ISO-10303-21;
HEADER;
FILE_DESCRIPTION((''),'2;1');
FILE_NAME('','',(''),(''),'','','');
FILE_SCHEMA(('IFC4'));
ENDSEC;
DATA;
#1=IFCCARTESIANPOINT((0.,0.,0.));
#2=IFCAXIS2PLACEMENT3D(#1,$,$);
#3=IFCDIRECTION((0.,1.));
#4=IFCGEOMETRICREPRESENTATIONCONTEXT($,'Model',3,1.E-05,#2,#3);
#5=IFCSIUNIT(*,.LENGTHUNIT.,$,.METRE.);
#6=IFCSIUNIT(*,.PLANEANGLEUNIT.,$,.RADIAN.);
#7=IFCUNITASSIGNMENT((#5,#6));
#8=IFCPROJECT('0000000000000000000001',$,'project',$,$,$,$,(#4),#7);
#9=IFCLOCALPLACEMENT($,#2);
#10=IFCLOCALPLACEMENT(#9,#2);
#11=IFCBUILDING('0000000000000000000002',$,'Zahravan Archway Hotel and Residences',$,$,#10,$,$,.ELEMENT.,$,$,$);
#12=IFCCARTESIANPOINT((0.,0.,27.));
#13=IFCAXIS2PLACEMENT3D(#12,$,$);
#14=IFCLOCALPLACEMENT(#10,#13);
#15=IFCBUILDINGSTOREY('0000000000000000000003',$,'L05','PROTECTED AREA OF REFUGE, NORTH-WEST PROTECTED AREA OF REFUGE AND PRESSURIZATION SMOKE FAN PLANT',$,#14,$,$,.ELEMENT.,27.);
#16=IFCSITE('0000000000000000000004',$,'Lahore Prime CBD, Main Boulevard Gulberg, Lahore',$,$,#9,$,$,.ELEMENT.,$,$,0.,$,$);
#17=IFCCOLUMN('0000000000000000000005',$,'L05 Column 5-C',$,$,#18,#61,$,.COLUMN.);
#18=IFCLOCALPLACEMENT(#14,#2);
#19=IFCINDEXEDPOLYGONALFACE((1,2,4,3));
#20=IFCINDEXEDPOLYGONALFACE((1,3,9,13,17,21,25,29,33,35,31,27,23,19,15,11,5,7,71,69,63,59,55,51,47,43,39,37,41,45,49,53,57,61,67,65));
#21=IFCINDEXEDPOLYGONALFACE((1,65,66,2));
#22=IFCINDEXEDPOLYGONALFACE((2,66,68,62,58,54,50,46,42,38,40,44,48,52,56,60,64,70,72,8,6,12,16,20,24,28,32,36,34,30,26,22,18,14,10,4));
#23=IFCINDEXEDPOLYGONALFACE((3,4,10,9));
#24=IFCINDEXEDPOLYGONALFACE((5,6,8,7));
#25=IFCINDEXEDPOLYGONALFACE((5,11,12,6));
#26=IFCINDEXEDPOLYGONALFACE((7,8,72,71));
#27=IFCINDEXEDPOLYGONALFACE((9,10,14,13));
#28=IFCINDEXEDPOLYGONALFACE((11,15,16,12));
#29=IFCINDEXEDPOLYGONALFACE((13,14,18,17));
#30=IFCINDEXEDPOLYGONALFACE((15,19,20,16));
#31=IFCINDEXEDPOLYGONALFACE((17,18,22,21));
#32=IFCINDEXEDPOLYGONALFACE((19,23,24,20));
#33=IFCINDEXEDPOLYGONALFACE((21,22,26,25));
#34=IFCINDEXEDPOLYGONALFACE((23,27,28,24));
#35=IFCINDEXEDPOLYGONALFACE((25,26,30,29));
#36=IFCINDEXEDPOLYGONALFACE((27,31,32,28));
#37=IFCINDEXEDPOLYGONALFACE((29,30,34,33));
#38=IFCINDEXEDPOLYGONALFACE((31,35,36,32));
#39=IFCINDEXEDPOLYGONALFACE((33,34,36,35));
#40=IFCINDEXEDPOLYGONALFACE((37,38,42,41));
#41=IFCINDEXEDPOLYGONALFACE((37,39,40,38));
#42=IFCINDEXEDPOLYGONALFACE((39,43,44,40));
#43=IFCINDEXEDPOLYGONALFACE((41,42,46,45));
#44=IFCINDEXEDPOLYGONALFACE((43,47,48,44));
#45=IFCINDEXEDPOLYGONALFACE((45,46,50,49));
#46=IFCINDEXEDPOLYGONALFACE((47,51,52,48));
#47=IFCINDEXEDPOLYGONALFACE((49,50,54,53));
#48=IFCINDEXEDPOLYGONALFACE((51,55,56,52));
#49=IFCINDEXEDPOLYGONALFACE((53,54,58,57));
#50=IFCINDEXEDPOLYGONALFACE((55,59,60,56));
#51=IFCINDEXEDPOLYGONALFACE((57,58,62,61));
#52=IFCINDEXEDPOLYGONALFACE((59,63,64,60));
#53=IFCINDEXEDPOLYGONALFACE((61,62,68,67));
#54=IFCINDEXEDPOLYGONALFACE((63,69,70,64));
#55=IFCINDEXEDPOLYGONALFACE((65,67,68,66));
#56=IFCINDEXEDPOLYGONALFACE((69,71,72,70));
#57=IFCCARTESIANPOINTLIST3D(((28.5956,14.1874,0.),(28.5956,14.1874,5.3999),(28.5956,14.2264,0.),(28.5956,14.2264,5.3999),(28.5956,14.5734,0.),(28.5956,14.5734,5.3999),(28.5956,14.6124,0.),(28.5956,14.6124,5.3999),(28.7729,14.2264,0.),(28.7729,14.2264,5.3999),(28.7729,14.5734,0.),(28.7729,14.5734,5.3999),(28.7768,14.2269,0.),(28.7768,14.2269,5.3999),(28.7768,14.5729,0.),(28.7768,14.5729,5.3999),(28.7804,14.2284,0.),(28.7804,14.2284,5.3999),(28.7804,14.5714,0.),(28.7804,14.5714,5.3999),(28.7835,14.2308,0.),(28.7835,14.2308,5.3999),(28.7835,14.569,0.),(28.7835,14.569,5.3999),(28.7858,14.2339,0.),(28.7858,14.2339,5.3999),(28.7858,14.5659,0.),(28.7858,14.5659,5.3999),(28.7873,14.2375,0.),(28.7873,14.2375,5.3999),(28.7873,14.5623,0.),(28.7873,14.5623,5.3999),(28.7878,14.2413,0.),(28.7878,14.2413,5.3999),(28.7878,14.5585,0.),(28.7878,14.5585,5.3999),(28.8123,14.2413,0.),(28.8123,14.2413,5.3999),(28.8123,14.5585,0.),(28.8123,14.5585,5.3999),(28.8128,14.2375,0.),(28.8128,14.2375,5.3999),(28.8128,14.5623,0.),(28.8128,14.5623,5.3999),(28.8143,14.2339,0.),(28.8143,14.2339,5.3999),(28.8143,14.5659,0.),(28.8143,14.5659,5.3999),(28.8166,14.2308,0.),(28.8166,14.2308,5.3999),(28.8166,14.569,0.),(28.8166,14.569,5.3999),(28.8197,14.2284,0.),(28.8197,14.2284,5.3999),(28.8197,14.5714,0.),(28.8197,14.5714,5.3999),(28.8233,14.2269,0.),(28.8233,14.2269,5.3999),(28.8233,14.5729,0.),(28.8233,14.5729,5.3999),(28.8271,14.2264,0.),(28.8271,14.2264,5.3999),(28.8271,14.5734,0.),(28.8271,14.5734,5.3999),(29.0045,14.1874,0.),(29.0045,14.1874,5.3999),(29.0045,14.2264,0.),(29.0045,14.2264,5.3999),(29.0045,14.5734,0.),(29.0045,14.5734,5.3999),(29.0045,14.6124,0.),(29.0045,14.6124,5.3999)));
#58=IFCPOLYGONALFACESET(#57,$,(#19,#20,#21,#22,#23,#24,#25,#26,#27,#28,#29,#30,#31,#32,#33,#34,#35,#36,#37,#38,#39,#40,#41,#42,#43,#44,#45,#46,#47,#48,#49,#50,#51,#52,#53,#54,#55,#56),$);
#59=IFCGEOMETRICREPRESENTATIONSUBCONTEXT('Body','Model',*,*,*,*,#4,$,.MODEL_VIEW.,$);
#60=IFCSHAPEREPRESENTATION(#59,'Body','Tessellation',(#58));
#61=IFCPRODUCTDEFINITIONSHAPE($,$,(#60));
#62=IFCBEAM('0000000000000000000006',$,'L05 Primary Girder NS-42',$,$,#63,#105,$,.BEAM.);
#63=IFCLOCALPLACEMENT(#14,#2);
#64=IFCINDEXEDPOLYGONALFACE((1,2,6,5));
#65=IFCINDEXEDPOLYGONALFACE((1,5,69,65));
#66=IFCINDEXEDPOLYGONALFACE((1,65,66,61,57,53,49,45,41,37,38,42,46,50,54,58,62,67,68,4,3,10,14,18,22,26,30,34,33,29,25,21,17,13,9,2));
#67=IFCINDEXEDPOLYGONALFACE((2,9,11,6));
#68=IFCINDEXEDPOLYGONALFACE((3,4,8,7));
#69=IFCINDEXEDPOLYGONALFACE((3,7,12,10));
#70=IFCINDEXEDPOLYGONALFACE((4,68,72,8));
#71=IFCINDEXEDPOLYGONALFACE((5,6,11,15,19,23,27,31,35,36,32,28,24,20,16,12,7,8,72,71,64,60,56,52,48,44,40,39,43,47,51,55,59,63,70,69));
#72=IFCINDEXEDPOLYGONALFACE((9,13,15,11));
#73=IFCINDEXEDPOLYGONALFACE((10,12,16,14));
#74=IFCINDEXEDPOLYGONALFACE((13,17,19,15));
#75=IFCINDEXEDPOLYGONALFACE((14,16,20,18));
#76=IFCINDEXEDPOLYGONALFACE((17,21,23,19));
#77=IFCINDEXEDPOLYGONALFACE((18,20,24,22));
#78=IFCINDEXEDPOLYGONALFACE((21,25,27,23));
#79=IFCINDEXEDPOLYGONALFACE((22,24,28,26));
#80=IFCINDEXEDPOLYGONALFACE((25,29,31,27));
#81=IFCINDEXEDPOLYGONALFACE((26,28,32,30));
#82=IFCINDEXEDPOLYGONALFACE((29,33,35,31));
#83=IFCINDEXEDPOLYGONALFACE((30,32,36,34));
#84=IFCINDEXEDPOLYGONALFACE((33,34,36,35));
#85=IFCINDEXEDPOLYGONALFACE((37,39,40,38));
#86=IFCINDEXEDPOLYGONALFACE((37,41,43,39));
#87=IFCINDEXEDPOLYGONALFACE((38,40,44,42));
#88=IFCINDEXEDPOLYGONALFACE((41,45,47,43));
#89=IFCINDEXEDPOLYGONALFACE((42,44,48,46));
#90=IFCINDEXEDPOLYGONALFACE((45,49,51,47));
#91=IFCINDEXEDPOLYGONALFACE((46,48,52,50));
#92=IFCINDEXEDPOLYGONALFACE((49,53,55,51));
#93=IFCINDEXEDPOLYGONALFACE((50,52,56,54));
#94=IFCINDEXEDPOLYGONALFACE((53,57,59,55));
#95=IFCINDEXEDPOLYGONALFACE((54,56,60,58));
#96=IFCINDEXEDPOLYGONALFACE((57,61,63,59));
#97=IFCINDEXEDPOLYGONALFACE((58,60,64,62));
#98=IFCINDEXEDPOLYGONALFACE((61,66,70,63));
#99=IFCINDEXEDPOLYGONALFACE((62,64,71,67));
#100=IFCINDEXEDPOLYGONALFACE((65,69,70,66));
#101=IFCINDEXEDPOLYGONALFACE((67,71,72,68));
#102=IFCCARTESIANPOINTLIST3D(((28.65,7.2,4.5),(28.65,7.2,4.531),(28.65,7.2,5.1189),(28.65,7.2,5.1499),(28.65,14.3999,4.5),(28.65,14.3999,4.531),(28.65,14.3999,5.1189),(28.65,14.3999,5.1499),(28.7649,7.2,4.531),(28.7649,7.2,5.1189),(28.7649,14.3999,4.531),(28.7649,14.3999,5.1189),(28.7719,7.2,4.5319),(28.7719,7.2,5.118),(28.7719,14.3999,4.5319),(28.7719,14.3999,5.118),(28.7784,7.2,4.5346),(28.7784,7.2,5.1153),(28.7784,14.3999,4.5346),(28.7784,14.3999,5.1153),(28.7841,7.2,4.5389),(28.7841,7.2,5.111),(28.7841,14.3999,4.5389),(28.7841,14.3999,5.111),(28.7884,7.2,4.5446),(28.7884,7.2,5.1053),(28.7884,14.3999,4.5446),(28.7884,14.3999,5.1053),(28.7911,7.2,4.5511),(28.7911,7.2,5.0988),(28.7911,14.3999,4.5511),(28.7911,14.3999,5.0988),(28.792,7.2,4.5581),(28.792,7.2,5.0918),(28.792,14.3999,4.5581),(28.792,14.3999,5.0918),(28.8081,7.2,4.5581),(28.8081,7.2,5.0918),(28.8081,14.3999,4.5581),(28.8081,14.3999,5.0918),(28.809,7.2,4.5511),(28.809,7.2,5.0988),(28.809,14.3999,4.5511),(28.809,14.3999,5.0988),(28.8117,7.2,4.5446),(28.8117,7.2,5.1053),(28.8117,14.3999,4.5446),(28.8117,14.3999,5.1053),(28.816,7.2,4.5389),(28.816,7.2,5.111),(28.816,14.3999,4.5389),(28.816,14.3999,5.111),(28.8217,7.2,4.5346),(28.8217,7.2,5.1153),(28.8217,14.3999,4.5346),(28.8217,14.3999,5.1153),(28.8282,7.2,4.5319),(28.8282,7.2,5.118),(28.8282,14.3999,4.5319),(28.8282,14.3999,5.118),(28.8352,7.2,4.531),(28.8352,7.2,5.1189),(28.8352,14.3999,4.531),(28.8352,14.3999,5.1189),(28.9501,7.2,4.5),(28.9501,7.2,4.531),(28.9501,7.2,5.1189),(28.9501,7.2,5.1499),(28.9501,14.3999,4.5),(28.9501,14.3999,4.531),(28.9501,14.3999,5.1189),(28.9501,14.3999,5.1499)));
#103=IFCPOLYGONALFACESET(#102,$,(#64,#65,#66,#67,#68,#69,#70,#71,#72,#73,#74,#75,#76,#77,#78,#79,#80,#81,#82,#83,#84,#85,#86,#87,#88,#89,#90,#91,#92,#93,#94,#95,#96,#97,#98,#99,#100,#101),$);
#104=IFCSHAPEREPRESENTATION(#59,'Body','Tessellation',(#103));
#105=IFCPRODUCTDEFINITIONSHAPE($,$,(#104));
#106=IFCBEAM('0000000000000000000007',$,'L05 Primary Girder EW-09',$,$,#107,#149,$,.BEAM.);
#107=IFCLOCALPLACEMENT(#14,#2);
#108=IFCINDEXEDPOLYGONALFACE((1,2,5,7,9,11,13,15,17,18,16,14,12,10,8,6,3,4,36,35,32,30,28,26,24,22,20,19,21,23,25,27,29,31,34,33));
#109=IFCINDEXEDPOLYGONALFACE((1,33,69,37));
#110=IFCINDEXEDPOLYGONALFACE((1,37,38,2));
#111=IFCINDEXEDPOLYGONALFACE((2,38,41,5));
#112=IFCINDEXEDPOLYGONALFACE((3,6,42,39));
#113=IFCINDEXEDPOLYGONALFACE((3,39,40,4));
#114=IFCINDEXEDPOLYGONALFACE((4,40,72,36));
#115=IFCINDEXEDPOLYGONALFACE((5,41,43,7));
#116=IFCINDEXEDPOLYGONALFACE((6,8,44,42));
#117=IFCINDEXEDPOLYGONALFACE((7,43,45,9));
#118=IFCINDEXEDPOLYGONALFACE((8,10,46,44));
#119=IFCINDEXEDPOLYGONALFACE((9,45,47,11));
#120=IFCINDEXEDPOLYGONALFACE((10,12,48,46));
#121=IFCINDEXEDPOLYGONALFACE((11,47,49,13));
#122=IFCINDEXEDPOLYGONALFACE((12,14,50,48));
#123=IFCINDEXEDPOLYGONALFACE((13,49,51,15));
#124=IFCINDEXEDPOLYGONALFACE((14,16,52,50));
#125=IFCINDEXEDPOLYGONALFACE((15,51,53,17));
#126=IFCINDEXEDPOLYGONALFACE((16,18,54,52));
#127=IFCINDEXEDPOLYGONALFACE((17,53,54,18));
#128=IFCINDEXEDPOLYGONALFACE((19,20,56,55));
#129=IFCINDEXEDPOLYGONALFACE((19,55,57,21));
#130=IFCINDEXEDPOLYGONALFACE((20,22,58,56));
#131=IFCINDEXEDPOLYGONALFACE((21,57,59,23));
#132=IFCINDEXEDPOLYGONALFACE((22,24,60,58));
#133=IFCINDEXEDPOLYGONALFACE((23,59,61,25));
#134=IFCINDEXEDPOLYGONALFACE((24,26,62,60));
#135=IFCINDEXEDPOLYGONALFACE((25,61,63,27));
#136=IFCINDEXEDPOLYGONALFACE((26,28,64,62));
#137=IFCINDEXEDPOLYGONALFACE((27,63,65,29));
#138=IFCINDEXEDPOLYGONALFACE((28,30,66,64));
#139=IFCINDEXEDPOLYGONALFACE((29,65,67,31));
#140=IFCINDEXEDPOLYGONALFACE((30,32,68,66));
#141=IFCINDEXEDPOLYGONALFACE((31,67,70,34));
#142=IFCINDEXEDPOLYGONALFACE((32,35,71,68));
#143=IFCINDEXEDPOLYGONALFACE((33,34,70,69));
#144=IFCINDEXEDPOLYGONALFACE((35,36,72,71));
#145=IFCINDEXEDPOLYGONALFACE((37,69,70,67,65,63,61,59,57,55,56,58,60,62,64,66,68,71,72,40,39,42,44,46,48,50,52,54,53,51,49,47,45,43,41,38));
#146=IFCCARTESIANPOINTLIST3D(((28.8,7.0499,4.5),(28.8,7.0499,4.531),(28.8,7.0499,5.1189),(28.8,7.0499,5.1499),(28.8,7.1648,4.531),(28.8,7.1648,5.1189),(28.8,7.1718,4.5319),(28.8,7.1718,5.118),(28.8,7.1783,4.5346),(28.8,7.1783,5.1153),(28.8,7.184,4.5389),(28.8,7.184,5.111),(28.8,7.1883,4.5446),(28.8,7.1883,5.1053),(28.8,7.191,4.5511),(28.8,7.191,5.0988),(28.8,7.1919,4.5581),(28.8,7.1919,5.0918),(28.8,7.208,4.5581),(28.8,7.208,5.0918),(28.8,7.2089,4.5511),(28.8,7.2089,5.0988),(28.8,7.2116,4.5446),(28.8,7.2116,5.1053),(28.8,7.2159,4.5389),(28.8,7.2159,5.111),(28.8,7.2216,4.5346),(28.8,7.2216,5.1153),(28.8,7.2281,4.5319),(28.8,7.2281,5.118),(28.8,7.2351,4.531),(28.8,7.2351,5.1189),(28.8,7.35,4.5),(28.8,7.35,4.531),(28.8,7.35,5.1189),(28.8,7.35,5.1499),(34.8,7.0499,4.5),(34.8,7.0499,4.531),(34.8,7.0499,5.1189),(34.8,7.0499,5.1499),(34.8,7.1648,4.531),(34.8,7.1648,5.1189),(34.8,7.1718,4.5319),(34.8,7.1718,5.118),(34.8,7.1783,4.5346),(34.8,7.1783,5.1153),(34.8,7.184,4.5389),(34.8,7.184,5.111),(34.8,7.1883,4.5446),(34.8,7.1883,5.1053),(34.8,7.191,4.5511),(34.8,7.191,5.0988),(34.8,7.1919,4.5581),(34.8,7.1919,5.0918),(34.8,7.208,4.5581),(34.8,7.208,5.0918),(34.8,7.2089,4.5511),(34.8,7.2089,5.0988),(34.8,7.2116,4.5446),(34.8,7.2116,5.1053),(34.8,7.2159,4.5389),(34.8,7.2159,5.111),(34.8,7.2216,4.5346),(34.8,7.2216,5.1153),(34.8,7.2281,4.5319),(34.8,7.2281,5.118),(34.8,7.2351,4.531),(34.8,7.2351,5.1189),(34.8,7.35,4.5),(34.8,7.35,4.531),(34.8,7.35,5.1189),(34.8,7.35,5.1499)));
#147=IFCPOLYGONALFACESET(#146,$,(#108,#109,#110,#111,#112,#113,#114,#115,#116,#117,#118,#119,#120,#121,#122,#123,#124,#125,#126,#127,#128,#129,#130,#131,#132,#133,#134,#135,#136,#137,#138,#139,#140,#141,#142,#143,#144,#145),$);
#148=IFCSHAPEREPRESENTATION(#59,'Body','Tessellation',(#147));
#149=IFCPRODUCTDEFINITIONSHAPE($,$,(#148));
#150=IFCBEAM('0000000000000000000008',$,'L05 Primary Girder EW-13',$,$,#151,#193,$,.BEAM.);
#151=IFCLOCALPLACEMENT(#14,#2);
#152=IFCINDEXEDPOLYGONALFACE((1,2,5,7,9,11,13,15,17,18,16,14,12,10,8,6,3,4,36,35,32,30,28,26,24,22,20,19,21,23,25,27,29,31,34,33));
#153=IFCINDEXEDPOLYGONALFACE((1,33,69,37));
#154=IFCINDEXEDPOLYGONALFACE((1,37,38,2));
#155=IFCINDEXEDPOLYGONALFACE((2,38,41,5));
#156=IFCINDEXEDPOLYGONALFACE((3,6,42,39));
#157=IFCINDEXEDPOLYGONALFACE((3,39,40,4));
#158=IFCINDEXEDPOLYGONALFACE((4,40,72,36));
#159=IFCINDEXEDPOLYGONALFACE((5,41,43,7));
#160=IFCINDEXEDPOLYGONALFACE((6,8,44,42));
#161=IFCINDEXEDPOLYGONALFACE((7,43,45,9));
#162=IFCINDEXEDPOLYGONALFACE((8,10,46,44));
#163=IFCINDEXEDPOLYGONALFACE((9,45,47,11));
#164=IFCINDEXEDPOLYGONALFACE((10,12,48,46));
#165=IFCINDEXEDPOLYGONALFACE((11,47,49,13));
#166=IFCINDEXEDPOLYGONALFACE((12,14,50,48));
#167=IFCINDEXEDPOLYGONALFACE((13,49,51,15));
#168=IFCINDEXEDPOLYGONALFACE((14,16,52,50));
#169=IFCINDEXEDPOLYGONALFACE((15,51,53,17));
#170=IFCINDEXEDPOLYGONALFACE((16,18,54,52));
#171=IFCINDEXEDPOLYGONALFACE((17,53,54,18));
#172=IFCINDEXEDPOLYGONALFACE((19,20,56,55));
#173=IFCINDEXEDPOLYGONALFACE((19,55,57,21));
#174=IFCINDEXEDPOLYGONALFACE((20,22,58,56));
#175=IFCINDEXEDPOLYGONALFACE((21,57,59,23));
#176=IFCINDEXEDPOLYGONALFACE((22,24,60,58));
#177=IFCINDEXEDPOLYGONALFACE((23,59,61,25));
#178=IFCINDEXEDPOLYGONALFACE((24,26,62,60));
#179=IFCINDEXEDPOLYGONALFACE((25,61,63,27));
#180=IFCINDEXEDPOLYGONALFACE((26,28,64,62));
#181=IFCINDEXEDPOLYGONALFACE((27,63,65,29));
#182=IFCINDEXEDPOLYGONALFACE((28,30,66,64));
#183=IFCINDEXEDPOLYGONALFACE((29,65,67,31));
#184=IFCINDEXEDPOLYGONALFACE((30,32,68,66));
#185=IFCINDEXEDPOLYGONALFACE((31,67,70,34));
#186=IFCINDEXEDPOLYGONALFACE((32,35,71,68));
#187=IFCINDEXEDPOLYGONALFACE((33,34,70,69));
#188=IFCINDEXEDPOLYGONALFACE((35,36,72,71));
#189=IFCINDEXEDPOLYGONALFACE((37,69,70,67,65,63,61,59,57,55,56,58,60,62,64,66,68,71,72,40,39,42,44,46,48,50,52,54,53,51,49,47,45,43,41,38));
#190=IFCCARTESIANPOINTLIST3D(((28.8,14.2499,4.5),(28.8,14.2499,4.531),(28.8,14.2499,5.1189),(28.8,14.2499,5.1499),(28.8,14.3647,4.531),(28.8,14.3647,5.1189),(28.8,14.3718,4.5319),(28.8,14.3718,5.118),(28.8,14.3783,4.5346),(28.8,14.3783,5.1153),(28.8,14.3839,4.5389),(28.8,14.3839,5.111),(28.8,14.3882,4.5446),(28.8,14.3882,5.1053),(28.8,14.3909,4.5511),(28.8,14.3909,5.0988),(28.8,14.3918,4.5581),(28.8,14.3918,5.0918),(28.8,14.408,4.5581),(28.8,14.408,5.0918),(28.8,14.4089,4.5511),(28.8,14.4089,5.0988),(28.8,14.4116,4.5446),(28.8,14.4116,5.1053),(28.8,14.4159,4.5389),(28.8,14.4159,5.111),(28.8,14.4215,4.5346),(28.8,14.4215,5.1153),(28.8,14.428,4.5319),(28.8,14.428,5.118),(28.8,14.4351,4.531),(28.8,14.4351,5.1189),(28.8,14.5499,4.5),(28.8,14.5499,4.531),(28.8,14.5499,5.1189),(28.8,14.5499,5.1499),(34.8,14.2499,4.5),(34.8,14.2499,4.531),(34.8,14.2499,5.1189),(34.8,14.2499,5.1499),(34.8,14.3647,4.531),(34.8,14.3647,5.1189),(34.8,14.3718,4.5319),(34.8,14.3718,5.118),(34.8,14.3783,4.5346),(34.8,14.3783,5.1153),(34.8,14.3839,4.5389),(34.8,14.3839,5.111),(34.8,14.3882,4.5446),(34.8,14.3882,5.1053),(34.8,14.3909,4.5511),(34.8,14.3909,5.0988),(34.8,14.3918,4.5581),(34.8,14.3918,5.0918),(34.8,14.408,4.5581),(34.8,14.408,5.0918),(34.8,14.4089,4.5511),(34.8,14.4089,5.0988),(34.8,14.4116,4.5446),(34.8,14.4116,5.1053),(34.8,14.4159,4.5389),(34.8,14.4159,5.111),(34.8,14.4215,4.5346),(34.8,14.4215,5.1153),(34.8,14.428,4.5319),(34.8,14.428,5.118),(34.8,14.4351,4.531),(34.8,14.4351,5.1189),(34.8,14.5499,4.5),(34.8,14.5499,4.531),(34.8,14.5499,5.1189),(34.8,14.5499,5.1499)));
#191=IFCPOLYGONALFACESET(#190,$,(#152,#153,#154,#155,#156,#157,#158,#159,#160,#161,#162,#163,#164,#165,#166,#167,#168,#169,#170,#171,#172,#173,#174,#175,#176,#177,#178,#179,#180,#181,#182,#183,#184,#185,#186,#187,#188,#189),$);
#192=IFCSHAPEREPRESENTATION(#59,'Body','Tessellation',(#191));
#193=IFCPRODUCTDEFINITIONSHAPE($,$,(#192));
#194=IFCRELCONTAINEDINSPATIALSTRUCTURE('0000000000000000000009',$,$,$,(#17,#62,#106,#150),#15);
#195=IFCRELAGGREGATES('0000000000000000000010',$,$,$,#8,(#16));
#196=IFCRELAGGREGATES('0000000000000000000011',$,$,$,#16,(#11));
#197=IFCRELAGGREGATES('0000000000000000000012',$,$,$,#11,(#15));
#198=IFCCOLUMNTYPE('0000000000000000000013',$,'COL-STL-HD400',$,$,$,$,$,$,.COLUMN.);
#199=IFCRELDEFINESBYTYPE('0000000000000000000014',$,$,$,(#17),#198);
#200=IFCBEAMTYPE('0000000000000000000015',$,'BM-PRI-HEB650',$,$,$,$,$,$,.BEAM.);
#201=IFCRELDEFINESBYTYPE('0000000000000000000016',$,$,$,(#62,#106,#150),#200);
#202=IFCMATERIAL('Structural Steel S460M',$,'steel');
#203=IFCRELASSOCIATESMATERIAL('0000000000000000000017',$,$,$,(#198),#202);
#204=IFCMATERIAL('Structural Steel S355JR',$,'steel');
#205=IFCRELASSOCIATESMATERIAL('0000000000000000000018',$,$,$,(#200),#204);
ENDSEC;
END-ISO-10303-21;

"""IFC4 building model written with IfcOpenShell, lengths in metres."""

from ifc_helpers import new_model, si_unit, direction, frame, origin, origin_2d, place, context, subcontext, project, spatial, i_section, extrude, source, transform, mapped, material, material_profile, profile_set, type_object, type_shapes, element, save


model = new_model("IFC4")

# Units and contexts
model_context = context("Model", 3, precision=1e-05, world=origin(), true_north=direction((0.0, 1.0)))
body_context = subcontext(model_context, "Body", "Model", "MODEL_VIEW")
ifc_project = project(units=[si_unit("LENGTHUNIT", "METRE"), si_unit("PLANEANGLEUNIT", "RADIAN")], contexts=[model_context])

# Site, building, storey
site_placement = place(None, origin())
site = spatial("IfcSite", under=ifc_project, at=site_placement, Name="Lahore Prime CBD, Main Boulevard Gulberg, Lahore", CompositionType="ELEMENT", RefElevation=0.0)
building_placement = place(site_placement, origin())
building = spatial("IfcBuilding", under=site, at=building_placement, Name="Zahravan Archway Hotel and Residences", CompositionType="ELEMENT")
storey_placement = place(building_placement, frame((0.0, 0.0, 27.0)))
storey = spatial("IfcBuildingStorey", under=building, at=storey_placement, Name="L05", Description="PROTECTED AREA OF REFUGE, NORTH-WEST PROTECTED AREA OF REFUGE AND PRESSURIZATION SMOKE FAN PLANT", CompositionType="ELEMENT", Elevation=27.0)

# Column
ifc_material_1 = material(Name="Structural Steel S460M", Category="steel")
ifc_material_profile_1 = material_profile(ifc_material_1, i_section(OverallWidth=0.4089, OverallDepth=0.425, WebThickness=0.0244, FlangeThickness=0.0391, FilletRadius=0.0149, at=origin_2d()), Name="HD 400x421", Category="steel")
ifc_profile_set_1 = profile_set([ifc_material_profile_1], Name="Structural Steel S460M")
column_type = type_object("IfcColumnType", Name="COL-STL-HD400", PredefinedType="COLUMN", material=ifc_profile_set_1)
shared_shape_1 = source(origin(), body_context, "Body", "SweptSolid", [
    extrude(i_section(OverallWidth=0.4089, OverallDepth=0.425, WebThickness=0.0244, FlangeThickness=0.0391, FilletRadius=0.0149, at=origin_2d()), origin(), (0.0, 0.0, 1.0), 5.3999),
])
type_shapes(column_type, [shared_shape_1])
column_placement = place(storey_placement, frame((28.8, 14.3999, 0.0), z_axis=(0.0, 0.0, 1.0), x_axis=(1.0, 0.0, 0.0)))
element("IfcColumn", 1, at=column_placement, inside=storey, type_object=column_type, Name="L05 Column 5-C", PredefinedType="COLUMN", context=body_context, shape_type="MappedRepresentation", body=[
    mapped(shared_shape_1, transform((0.0, 0.0, 0.0), scale=1.0)),
])

# Beams
ifc_material_2 = material(Name="Structural Steel S355JR", Category="steel")
ifc_material_profile_2 = material_profile(ifc_material_2, i_section(OverallWidth=0.3, OverallDepth=0.6499, WebThickness=0.0161, FlangeThickness=0.031, FilletRadius=0.0271, at=origin_2d()), Name="HEB 650", Category="steel")
ifc_profile_set_2 = profile_set([ifc_material_profile_2], Name="Structural Steel S355JR")
beam_type_1 = type_object("IfcBeamType", Name="BM-PRI-HEB650", PredefinedType="BEAM", material=ifc_profile_set_2)
shared_shape_2 = source(origin(), body_context, "Body", "SweptSolid", [
    extrude(i_section(OverallWidth=0.3, OverallDepth=0.6499, WebThickness=0.0161, FlangeThickness=0.031, FilletRadius=0.0271, at=origin_2d()), origin(), (0.0, 0.0, 1.0), 7.2),
])
beam_placement = place(storey_placement, frame((28.8, 7.2, 4.825), z_axis=(0.0, 1.0, 0.0), x_axis=(-1.0, 0.0, 0.0)))
element("IfcBeam", 2, at=beam_placement, inside=storey, type_object=beam_type_1, Name="L05 Primary Girder NS-42", PredefinedType="BEAM", context=body_context, shape_type="MappedRepresentation", body=[
    mapped(shared_shape_2, transform((0.0, 0.0, 0.0), scale=1.0)),
])
shared_shape_3 = source(origin(), body_context, "Body", "SweptSolid", [
    extrude(i_section(OverallWidth=0.3, OverallDepth=0.6499, WebThickness=0.0161, FlangeThickness=0.031, FilletRadius=0.0271, at=origin_2d()), origin(), (0.0, 0.0, 1.0), 6.0),
])
for number, where, z_axis, x_axis, name in (
    (3, (28.8, 7.2, 4.825), (1.0, 0.0, 0.0), (0.0, 1.0, 0.0), "L05 Primary Girder EW-09"),
    (4, (28.8, 14.3999, 4.825), (1.0, 0.0, 0.0), (0.0, 1.0, 0.0), "L05 Primary Girder EW-13"),
):
    element("IfcBeam", number, at=place(storey_placement, frame(where, z_axis=z_axis, x_axis=x_axis)), inside=storey, type_object=beam_type_1, Name=name, PredefinedType="BEAM", context=body_context, shape_type="MappedRepresentation", body=[
        mapped(shared_shape_3, transform((0.0, 0.0, 0.0), scale=1.0)),
    ])

save(model, "model.ifc")
